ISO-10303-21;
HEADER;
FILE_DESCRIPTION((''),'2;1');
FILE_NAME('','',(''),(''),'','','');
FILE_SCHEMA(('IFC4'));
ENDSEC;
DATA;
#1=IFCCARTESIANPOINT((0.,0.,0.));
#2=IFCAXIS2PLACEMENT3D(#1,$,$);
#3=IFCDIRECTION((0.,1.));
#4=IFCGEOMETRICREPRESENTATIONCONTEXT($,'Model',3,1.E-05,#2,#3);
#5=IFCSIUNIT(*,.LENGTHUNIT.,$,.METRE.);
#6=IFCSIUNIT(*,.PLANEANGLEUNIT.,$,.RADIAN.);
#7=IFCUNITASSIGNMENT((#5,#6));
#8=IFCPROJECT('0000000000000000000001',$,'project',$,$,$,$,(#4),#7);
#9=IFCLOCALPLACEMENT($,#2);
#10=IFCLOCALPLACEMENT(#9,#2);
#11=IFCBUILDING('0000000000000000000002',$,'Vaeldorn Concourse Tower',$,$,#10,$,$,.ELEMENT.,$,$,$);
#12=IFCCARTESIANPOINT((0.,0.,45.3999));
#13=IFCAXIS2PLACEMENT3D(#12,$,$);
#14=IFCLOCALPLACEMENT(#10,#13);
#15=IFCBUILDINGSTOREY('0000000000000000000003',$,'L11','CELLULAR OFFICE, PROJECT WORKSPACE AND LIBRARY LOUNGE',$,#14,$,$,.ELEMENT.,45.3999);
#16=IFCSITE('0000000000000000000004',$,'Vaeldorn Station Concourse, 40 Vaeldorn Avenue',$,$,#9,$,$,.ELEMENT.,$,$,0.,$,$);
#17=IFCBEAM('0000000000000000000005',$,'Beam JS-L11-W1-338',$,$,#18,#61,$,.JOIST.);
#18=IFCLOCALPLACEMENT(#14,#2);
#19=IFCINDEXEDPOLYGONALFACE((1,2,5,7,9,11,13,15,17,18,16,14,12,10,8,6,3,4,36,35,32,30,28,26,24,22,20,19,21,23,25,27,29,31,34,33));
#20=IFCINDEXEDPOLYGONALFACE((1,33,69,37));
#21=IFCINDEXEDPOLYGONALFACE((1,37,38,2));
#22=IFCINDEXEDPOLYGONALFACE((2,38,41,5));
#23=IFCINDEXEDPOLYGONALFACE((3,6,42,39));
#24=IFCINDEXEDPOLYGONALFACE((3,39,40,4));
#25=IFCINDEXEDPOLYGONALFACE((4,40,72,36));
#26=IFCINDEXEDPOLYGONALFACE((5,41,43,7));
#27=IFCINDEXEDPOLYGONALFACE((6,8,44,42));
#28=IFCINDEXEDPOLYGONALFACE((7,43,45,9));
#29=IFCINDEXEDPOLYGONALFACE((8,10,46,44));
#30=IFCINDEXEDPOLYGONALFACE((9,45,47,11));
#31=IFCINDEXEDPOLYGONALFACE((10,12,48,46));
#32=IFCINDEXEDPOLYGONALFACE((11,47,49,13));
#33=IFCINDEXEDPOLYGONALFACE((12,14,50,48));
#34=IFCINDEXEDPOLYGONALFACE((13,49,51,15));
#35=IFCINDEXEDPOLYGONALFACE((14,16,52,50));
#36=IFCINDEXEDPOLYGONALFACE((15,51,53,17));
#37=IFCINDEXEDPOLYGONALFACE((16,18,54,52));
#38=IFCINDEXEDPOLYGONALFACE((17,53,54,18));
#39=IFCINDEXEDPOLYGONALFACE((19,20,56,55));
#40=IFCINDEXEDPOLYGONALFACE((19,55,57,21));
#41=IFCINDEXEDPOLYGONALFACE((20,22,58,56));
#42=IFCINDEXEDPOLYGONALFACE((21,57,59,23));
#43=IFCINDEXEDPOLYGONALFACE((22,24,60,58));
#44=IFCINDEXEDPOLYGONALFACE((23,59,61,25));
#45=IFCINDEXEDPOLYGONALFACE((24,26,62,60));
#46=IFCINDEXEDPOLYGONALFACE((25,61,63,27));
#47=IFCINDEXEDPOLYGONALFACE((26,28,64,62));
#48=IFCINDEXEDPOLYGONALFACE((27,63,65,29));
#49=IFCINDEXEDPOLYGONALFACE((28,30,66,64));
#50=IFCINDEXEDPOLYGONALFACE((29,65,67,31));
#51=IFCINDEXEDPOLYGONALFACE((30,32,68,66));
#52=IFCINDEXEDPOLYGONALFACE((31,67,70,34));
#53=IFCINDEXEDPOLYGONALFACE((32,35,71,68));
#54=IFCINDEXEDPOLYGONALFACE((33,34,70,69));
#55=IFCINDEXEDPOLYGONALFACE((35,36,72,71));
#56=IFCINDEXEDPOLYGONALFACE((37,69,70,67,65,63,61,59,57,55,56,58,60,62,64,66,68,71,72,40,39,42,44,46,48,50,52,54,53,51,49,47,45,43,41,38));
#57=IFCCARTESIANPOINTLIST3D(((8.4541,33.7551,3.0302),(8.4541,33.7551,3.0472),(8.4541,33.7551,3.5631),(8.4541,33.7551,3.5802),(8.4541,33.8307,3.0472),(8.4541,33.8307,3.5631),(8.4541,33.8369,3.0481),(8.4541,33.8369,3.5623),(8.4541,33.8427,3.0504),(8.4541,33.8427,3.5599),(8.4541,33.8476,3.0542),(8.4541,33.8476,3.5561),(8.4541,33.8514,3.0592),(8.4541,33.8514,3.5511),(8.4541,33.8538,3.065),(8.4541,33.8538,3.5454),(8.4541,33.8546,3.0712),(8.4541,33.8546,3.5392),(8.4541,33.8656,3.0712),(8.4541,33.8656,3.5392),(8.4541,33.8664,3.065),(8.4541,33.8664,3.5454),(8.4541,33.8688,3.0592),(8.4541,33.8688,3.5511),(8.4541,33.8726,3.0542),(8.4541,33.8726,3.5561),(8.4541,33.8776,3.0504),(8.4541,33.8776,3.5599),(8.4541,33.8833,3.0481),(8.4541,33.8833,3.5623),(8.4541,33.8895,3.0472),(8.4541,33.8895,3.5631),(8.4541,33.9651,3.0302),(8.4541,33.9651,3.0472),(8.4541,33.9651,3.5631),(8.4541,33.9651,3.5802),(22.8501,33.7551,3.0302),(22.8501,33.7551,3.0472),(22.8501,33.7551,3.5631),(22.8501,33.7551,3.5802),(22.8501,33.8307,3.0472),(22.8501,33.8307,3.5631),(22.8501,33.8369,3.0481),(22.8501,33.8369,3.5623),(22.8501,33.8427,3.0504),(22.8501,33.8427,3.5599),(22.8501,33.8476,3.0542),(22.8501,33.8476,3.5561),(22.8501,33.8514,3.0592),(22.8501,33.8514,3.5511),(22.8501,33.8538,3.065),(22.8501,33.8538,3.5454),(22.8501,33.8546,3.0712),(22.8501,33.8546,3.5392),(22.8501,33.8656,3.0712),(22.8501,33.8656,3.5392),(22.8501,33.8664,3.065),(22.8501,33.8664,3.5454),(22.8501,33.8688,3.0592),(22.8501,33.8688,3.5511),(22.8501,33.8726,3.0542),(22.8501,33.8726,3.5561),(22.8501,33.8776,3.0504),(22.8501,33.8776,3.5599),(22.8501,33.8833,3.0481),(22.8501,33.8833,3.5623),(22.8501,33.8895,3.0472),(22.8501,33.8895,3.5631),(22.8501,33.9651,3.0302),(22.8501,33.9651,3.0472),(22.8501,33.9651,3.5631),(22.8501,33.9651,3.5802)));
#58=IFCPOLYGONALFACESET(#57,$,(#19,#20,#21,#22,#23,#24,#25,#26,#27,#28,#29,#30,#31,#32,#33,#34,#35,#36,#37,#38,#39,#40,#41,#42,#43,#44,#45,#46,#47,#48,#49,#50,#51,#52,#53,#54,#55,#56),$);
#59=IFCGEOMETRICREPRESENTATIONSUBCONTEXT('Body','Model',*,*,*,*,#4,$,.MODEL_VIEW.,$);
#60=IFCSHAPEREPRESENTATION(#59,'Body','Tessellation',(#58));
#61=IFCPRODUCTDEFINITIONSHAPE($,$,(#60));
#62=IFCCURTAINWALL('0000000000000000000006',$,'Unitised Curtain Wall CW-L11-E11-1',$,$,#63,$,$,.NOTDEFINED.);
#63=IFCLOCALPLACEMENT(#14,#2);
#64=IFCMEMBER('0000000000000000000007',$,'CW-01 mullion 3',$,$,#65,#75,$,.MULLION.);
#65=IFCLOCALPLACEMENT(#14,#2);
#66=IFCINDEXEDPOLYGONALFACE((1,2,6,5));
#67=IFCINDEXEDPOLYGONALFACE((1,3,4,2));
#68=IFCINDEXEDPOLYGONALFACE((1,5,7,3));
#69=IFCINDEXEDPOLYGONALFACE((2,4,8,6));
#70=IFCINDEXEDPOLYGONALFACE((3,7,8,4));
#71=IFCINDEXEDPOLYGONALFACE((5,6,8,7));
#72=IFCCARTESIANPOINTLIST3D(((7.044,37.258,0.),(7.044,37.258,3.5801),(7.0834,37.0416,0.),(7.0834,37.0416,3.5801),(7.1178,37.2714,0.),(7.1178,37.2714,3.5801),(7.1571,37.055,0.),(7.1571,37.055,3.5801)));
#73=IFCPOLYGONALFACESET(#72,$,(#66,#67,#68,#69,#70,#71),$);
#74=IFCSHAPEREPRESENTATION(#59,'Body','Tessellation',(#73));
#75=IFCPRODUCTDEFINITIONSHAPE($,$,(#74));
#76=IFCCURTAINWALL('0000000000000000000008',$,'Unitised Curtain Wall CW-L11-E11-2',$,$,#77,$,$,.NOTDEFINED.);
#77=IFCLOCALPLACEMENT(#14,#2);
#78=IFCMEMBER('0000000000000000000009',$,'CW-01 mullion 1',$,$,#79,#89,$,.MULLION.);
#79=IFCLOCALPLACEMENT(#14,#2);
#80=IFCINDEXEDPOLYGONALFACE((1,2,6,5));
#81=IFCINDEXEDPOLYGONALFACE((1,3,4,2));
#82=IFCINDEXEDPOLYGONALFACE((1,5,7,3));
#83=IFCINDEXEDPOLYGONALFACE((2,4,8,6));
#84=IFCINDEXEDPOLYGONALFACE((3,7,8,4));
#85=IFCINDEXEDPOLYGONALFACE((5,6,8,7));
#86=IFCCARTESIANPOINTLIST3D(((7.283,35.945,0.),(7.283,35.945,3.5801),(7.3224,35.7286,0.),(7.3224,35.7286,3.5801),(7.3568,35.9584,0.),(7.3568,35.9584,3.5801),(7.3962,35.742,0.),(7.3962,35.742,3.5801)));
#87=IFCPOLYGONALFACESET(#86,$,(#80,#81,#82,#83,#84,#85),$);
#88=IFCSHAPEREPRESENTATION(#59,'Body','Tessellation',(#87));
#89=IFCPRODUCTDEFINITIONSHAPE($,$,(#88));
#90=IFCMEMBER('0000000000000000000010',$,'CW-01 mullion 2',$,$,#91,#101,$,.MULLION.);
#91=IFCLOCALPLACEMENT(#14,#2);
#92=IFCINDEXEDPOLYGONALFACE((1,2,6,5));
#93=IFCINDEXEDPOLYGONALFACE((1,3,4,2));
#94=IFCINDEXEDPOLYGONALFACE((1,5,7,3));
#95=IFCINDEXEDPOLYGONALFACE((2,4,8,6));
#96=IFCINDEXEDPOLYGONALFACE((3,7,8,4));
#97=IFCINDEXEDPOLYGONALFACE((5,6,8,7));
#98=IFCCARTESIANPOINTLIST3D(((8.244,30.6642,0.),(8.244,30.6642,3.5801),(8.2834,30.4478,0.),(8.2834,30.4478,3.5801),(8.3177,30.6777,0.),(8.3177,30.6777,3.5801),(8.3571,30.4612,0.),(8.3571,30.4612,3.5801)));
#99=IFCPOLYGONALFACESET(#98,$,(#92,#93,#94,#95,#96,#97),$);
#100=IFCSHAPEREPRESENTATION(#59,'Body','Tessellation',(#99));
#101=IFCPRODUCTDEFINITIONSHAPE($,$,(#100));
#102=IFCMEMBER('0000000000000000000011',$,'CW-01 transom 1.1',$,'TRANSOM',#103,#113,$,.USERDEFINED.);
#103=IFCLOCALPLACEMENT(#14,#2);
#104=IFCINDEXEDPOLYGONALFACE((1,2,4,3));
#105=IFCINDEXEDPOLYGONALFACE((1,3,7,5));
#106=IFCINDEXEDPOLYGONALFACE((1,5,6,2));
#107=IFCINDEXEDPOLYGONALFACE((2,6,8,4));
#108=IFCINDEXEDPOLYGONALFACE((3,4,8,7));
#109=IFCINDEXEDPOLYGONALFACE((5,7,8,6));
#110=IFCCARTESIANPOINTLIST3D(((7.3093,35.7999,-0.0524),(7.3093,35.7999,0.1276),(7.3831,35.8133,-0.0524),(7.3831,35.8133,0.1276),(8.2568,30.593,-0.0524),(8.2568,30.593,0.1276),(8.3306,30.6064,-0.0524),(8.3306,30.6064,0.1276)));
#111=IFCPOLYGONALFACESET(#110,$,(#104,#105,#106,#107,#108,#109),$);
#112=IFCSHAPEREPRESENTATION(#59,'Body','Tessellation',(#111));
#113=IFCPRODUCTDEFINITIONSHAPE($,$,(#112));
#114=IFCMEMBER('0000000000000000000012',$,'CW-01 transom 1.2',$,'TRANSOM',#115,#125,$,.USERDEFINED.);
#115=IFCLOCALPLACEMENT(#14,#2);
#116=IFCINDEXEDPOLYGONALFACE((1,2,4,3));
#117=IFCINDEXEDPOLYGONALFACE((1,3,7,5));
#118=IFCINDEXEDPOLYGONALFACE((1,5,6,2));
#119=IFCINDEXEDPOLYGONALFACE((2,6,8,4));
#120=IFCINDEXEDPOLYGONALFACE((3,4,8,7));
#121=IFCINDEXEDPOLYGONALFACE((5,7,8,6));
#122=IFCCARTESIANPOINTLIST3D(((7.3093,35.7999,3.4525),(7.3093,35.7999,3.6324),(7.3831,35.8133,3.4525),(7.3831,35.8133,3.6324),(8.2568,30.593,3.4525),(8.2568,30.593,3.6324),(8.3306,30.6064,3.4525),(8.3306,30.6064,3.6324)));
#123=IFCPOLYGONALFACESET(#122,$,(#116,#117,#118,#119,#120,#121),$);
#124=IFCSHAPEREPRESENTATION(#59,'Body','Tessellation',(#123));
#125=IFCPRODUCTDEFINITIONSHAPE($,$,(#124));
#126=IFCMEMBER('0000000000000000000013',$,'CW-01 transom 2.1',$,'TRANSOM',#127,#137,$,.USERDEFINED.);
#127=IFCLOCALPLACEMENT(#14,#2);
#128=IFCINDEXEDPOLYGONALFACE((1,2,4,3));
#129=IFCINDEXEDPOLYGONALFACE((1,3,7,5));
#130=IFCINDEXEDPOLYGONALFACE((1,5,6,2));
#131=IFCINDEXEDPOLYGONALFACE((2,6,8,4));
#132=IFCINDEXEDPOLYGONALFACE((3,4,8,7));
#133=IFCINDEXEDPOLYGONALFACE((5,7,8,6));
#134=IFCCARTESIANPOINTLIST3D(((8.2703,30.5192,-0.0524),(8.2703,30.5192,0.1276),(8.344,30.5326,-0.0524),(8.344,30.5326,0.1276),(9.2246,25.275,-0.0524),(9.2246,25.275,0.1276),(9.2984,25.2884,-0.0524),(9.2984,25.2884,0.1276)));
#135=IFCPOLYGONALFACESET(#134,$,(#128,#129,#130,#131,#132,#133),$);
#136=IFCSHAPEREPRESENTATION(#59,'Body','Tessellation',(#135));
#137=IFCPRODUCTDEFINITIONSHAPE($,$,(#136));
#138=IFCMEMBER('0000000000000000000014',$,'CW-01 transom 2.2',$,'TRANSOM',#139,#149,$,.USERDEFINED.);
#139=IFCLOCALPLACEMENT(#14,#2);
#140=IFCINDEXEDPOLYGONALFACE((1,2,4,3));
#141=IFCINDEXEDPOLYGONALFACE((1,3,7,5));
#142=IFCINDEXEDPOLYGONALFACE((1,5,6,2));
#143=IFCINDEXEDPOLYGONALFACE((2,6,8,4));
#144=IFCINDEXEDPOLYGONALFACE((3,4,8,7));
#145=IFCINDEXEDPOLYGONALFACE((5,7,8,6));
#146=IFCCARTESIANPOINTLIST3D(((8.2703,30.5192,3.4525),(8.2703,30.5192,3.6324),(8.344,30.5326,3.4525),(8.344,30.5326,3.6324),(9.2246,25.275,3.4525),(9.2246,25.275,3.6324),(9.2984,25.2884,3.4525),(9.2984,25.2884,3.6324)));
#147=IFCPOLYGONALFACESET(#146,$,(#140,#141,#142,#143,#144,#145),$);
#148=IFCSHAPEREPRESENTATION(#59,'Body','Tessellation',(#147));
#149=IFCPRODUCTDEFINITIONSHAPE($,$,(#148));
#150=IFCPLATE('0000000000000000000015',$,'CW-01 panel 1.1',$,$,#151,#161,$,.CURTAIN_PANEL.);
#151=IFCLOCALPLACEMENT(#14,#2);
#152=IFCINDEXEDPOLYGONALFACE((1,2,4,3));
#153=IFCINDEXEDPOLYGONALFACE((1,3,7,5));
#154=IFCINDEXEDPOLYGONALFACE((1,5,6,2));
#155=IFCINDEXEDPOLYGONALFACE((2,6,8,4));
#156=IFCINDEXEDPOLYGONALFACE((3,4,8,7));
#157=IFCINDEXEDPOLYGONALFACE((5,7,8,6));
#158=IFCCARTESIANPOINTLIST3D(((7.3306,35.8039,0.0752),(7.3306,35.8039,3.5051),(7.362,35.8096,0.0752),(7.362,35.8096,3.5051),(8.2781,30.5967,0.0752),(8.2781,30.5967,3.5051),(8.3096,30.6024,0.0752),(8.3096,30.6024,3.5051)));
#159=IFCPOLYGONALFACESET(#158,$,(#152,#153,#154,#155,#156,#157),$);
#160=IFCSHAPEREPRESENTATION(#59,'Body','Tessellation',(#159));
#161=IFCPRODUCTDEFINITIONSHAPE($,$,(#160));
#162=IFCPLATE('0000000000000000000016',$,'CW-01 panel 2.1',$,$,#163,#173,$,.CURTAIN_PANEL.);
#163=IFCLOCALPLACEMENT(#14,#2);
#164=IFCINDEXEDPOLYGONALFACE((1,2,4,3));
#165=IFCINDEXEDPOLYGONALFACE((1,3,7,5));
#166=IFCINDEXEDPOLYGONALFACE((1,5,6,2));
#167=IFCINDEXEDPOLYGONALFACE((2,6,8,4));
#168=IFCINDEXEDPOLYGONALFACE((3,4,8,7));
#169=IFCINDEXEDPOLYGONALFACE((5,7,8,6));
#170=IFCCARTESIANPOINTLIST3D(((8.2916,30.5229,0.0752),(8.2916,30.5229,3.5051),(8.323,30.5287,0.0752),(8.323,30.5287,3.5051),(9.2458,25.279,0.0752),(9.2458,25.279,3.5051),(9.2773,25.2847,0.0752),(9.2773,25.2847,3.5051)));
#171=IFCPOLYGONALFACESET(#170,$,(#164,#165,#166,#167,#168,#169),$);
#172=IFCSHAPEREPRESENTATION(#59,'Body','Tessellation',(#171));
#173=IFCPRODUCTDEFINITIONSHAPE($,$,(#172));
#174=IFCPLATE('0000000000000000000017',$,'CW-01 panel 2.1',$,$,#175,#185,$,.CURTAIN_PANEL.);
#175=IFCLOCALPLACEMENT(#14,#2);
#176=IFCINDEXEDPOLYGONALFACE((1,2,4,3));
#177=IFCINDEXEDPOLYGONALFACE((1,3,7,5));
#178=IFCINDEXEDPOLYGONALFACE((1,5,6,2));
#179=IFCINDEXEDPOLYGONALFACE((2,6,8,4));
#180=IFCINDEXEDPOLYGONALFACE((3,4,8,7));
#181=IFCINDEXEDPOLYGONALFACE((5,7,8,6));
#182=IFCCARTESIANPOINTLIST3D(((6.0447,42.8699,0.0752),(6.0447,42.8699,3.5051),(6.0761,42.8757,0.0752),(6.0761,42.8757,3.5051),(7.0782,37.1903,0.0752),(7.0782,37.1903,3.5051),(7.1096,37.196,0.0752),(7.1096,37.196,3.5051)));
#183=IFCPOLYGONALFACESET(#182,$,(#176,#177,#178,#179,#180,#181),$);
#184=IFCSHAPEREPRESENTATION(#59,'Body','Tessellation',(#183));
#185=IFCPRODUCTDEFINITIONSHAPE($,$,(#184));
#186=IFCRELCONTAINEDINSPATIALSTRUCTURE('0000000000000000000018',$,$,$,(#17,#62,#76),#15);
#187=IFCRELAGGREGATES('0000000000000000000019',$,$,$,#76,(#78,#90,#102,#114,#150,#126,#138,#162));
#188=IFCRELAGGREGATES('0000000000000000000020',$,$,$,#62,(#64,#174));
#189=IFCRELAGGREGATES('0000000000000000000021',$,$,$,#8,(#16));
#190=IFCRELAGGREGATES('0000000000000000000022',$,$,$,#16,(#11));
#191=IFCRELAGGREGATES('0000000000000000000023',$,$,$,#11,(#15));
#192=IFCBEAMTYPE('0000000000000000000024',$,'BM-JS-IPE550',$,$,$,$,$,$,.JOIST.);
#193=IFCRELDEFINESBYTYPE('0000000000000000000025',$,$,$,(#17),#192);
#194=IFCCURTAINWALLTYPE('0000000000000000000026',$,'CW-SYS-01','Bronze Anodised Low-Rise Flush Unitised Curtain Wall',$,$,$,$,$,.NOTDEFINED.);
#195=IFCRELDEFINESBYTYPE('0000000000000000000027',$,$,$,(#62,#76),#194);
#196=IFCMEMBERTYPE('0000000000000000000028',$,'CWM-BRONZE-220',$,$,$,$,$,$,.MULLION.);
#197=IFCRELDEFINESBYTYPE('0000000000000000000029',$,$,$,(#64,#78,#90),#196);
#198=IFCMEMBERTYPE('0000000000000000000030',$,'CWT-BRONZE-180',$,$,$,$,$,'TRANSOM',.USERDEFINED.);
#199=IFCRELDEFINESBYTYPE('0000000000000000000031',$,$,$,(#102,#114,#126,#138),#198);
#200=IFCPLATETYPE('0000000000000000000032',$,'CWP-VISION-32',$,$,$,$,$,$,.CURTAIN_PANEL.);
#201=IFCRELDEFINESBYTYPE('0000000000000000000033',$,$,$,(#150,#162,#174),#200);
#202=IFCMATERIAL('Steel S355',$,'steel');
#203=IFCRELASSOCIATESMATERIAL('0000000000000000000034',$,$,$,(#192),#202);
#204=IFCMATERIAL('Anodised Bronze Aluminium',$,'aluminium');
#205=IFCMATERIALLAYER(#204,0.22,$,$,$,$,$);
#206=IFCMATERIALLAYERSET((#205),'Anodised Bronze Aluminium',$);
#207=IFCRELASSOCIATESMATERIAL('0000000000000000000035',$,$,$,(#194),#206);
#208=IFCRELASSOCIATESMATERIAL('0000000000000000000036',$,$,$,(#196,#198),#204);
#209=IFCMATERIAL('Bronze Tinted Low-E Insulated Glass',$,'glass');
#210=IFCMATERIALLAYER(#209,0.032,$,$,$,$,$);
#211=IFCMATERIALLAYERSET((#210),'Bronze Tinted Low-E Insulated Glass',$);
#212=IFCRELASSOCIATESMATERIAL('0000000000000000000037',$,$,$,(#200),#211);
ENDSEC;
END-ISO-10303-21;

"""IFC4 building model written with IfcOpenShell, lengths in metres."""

from ifc_helpers import new_model, si_unit, direction, frame, origin, origin_2d, place, context, subcontext, project, spatial, rectangle, i_section, extrude, source, transform, mapped, material, layer, layer_set, material_profile, profile_set, type_object, element, aggregate, save


model = new_model("IFC4")

# Units and contexts
model_context = context("Model", 3, precision=1e-05, world=origin(), true_north=direction((0.0, 1.0)))
body_context = subcontext(model_context, "Body", "Model", "MODEL_VIEW")
ifc_project = project(units=[si_unit("LENGTHUNIT", "METRE"), si_unit("PLANEANGLEUNIT", "RADIAN")], contexts=[model_context])

# Site, building, storey
site_placement = place(None, origin())
site = spatial("IfcSite", under=ifc_project, at=site_placement, Name="Vaeldorn Station Concourse, 40 Vaeldorn Avenue", CompositionType="ELEMENT", RefElevation=0.0)
building_placement = place(site_placement, origin())
building = spatial("IfcBuilding", under=site, at=building_placement, Name="Vaeldorn Concourse Tower", CompositionType="ELEMENT")
storey_placement = place(building_placement, frame((0.0, 0.0, 45.3999)))
storey = spatial("IfcBuildingStorey", under=building, at=storey_placement, Name="L11", Description="CELLULAR OFFICE, PROJECT WORKSPACE AND LIBRARY LOUNGE", CompositionType="ELEMENT", Elevation=45.3999)

# Beam
ifc_material_1 = material(Name="Steel S355", Category="steel")
ifc_material_profile_1 = material_profile(ifc_material_1, i_section(OverallWidth=0.21, OverallDepth=0.55, WebThickness=0.011, FlangeThickness=0.0171, FilletRadius=0.0239, at=origin_2d()), Name="IPE 550")
ifc_profile_set_1 = profile_set([ifc_material_profile_1], Name="Steel S355")
beam_type_1 = type_object("IfcBeamType", Name="BM-JS-IPE550", PredefinedType="JOIST", material=ifc_profile_set_1)
shared_shape_1 = source(origin(), body_context, "Body", "SweptSolid", [
    extrude(i_section(OverallWidth=0.21, OverallDepth=0.55, WebThickness=0.011, FlangeThickness=0.0171, FilletRadius=0.0239, at=origin_2d()), origin(), (0.0, 0.0, 1.0), 14.396),
])
beam_1_placement = place(storey_placement, frame((8.4541, 33.8601, 3.3052), z_axis=(1.0, 0.0, 0.0), x_axis=(0.0, 1.0, 0.0)))
element("IfcBeam", 1, at=beam_1_placement, inside=storey, type_object=beam_type_1, Name="Beam JS-L11-W1-338", PredefinedType="JOIST", context=body_context, shape_type="MappedRepresentation", body=[
    mapped(shared_shape_1, transform((0.0, 0.0, 0.0), scale=1.0)),
])

# Curtain wall, member
ifc_material_2 = material(Name="Anodised Bronze Aluminium", Category="aluminium")
ifc_layer_1 = layer(ifc_material_2, 0.22)
ifc_layer_set_1 = layer_set([ifc_layer_1], Name="Anodised Bronze Aluminium")
curtain_wall_type = type_object("IfcCurtainWallType", Name="CW-SYS-01", Description="Bronze Anodised Low-Rise Flush Unitised Curtain Wall", PredefinedType="NOTDEFINED", material=ifc_layer_set_1)
curtain_wall_1_placement = place(storey_placement, origin())
curtain_wall_1 = element("IfcCurtainWall", 2, at=curtain_wall_1_placement, inside=storey, type_object=curtain_wall_type, Name="Unitised Curtain Wall CW-L11-E11-1", PredefinedType="NOTDEFINED")
ifc_material_profile_2 = material_profile(ifc_material_2, rectangle(XDim=0.075, YDim=0.22, at=origin_2d()), Name="CWM 75x220")
ifc_profile_set_2 = profile_set([ifc_material_profile_2], Name="Anodised Bronze Aluminium")
member_type_1 = type_object("IfcMemberType", Name="CWM-BRONZE-220", PredefinedType="MULLION", material=ifc_profile_set_2)
shared_shape_2 = source(origin(), body_context, "Body", "SweptSolid", [
    extrude(rectangle(XDim=0.075, YDim=0.22, at=origin_2d()), origin(), (0.0, 0.0, 1.0), 3.5801),
])
member_1_placement = place(storey_placement, frame((7.1006, 37.1565, 0.0), z_axis=(0.0, 0.0, 1.0), x_axis=(0.983844, 0.17903, 0.0)))
member_1 = element("IfcMember", 3, at=member_1_placement, type_object=member_type_1, Name="CW-01 mullion 3", PredefinedType="MULLION", context=body_context, shape_type="MappedRepresentation", body=[
    mapped(shared_shape_2, transform((0.0, 0.0, 0.0), scale=1.0)),
])

# Curtain wall, members, plates
curtain_wall_2_placement = place(storey_placement, origin())
curtain_wall_2 = element("IfcCurtainWall", 4, at=curtain_wall_2_placement, inside=storey, type_object=curtain_wall_type, Name="Unitised Curtain Wall CW-L11-E11-2", PredefinedType="NOTDEFINED")
member_2_placement = place(storey_placement, frame((7.3396, 35.8435, 0.0), z_axis=(0.0, 0.0, 1.0), x_axis=(0.983844, 0.17903, 0.0)))
member_2 = element("IfcMember", 5, at=member_2_placement, type_object=member_type_1, Name="CW-01 mullion 1", PredefinedType="MULLION", context=body_context, shape_type="MappedRepresentation", body=[
    mapped(shared_shape_2, transform((0.0, 0.0, 0.0), scale=1.0)),
])
member_3_placement = place(storey_placement, frame((8.3005, 30.5627, 0.0), z_axis=(0.0, 0.0, 1.0), x_axis=(0.983844, 0.17903, 0.0)))
member_3 = element("IfcMember", 6, at=member_3_placement, type_object=member_type_1, Name="CW-01 mullion 2", PredefinedType="MULLION", context=body_context, shape_type="MappedRepresentation", body=[
    mapped(shared_shape_2, transform((0.0, 0.0, 0.0), scale=1.0)),
])
ifc_material_profile_3 = material_profile(ifc_material_2, rectangle(XDim=0.075, YDim=0.1799, at=origin_2d()), Name="CWT 75x180")
ifc_profile_set_3 = profile_set([ifc_material_profile_3], Name="Anodised Bronze Aluminium")
member_type_2 = type_object("IfcMemberType", Name="CWT-BRONZE-180", ElementType="TRANSOM", PredefinedType="USERDEFINED", material=ifc_profile_set_3)
shared_shape_3 = source(origin(), body_context, "Body", "SweptSolid", [
    extrude(rectangle(XDim=0.075, YDim=0.1799, at=origin_2d()), origin(), (0.0, 0.0, 1.0), 5.2925),
])
member_4_placement = place(storey_placement, frame((7.3462, 35.8066, 0.0376), z_axis=(0.179028, -0.983844, 0.0), x_axis=(0.983844, 0.179028, 0.0)))
member_4 = element("IfcMember", 7, at=member_4_placement, type_object=member_type_2, Name="CW-01 transom 1.1", ObjectType="TRANSOM", PredefinedType="USERDEFINED", context=body_context, shape_type="MappedRepresentation", body=[
    mapped(shared_shape_3, transform((0.0, 0.0, 0.0), scale=1.0)),
])
member_5_placement = place(storey_placement, frame((7.3462, 35.8066, 3.5425), z_axis=(0.179028, -0.983844, 0.0), x_axis=(0.983844, 0.179028, 0.0)))
member_5 = element("IfcMember", 8, at=member_5_placement, type_object=member_type_2, Name="CW-01 transom 1.2", ObjectType="TRANSOM", PredefinedType="USERDEFINED", context=body_context, shape_type="MappedRepresentation", body=[
    mapped(shared_shape_3, transform((0.0, 0.0, 0.0), scale=1.0)),
])
shared_shape_4 = source(origin(), body_context, "Body", "SweptSolid", [
    extrude(rectangle(XDim=0.075, YDim=0.1799, at=origin_2d()), origin(), (0.0, 0.0, 1.0), 5.3303),
])
member_6_placement = place(storey_placement, frame((8.3071, 30.5259, 0.0376), z_axis=(0.179043, -0.983841, 0.0), x_axis=(0.983841, 0.179043, 0.0)))
member_6 = element("IfcMember", 9, at=member_6_placement, type_object=member_type_2, Name="CW-01 transom 2.1", ObjectType="TRANSOM", PredefinedType="USERDEFINED", context=body_context, shape_type="MappedRepresentation", body=[
    mapped(shared_shape_4, transform((0.0, 0.0, 0.0), scale=1.0)),
])
member_7_placement = place(storey_placement, frame((8.3071, 30.5259, 3.5425), z_axis=(0.179043, -0.983841, 0.0), x_axis=(0.983841, 0.179043, 0.0)))
member_7 = element("IfcMember", 10, at=member_7_placement, type_object=member_type_2, Name="CW-01 transom 2.2", ObjectType="TRANSOM", PredefinedType="USERDEFINED", context=body_context, shape_type="MappedRepresentation", body=[
    mapped(shared_shape_4, transform((0.0, 0.0, 0.0), scale=1.0)),
])
ifc_material_3 = material(Name="Bronze Tinted Low-E Insulated Glass", Category="glass")
ifc_layer_2 = layer(ifc_material_3, 0.032)
ifc_layer_set_2 = layer_set([ifc_layer_2], Name="Bronze Tinted Low-E Insulated Glass")
plate_type = type_object("IfcPlateType", Name="CWP-VISION-32", PredefinedType="CURTAIN_PANEL", material=ifc_layer_set_2)
shared_shape_5 = source(origin(), body_context, "Body", "SweptSolid", [
    extrude(rectangle(XDim=5.2927, YDim=0.032, at=origin_2d()), origin(), (0.0, 0.0, 1.0), 3.4299),
])
plate_1_placement = place(storey_placement, frame((7.8201, 33.2031, 0.0752), z_axis=(0.0, 0.0, 1.0), x_axis=(0.17903, -0.983844, 0.0)))
plate_1 = element("IfcPlate", 11, at=plate_1_placement, type_object=plate_type, Name="CW-01 panel 1.1", PredefinedType="CURTAIN_PANEL", context=body_context, shape_type="MappedRepresentation", body=[
    mapped(shared_shape_5, transform((0.0, 0.0, 0.0), scale=1.0)),
])
shared_shape_6 = source(origin(), body_context, "Body", "SweptSolid", [
    extrude(rectangle(XDim=5.3301, YDim=0.032, at=origin_2d()), origin(), (0.0, 0.0, 1.0), 3.4299),
])
plate_2_placement = place(storey_placement, frame((8.7844, 27.9038, 0.0752), z_axis=(0.0, 0.0, 1.0), x_axis=(0.17903, -0.983844, 0.0)))
plate_2 = element("IfcPlate", 12, at=plate_2_placement, type_object=plate_type, Name="CW-01 panel 2.1", PredefinedType="CURTAIN_PANEL", context=body_context, shape_type="MappedRepresentation", body=[
    mapped(shared_shape_6, transform((0.0, 0.0, 0.0), scale=1.0)),
])
aggregate(curtain_wall_2, [member_2, member_3, member_4, member_5, plate_1, member_6, member_7, plate_2])

# Plate
shared_shape_7 = source(origin(), body_context, "Body", "SweptSolid", [
    extrude(rectangle(XDim=5.7729, YDim=0.032, at=origin_2d()), origin(), (0.0, 0.0, 1.0), 3.4299),
])
plate_3_placement = place(storey_placement, frame((6.5771, 40.033, 0.0752), z_axis=(0.0, 0.0, 1.0), x_axis=(0.17903, -0.983844, 0.0)))
plate_3 = element("IfcPlate", 13, at=plate_3_placement, type_object=plate_type, Name="CW-01 panel 2.1", PredefinedType="CURTAIN_PANEL", context=body_context, shape_type="MappedRepresentation", body=[
    mapped(shared_shape_7, transform((0.0, 0.0, 0.0), scale=1.0)),
])
aggregate(curtain_wall_1, [member_1, plate_3])

save(model, "model.ifc")
